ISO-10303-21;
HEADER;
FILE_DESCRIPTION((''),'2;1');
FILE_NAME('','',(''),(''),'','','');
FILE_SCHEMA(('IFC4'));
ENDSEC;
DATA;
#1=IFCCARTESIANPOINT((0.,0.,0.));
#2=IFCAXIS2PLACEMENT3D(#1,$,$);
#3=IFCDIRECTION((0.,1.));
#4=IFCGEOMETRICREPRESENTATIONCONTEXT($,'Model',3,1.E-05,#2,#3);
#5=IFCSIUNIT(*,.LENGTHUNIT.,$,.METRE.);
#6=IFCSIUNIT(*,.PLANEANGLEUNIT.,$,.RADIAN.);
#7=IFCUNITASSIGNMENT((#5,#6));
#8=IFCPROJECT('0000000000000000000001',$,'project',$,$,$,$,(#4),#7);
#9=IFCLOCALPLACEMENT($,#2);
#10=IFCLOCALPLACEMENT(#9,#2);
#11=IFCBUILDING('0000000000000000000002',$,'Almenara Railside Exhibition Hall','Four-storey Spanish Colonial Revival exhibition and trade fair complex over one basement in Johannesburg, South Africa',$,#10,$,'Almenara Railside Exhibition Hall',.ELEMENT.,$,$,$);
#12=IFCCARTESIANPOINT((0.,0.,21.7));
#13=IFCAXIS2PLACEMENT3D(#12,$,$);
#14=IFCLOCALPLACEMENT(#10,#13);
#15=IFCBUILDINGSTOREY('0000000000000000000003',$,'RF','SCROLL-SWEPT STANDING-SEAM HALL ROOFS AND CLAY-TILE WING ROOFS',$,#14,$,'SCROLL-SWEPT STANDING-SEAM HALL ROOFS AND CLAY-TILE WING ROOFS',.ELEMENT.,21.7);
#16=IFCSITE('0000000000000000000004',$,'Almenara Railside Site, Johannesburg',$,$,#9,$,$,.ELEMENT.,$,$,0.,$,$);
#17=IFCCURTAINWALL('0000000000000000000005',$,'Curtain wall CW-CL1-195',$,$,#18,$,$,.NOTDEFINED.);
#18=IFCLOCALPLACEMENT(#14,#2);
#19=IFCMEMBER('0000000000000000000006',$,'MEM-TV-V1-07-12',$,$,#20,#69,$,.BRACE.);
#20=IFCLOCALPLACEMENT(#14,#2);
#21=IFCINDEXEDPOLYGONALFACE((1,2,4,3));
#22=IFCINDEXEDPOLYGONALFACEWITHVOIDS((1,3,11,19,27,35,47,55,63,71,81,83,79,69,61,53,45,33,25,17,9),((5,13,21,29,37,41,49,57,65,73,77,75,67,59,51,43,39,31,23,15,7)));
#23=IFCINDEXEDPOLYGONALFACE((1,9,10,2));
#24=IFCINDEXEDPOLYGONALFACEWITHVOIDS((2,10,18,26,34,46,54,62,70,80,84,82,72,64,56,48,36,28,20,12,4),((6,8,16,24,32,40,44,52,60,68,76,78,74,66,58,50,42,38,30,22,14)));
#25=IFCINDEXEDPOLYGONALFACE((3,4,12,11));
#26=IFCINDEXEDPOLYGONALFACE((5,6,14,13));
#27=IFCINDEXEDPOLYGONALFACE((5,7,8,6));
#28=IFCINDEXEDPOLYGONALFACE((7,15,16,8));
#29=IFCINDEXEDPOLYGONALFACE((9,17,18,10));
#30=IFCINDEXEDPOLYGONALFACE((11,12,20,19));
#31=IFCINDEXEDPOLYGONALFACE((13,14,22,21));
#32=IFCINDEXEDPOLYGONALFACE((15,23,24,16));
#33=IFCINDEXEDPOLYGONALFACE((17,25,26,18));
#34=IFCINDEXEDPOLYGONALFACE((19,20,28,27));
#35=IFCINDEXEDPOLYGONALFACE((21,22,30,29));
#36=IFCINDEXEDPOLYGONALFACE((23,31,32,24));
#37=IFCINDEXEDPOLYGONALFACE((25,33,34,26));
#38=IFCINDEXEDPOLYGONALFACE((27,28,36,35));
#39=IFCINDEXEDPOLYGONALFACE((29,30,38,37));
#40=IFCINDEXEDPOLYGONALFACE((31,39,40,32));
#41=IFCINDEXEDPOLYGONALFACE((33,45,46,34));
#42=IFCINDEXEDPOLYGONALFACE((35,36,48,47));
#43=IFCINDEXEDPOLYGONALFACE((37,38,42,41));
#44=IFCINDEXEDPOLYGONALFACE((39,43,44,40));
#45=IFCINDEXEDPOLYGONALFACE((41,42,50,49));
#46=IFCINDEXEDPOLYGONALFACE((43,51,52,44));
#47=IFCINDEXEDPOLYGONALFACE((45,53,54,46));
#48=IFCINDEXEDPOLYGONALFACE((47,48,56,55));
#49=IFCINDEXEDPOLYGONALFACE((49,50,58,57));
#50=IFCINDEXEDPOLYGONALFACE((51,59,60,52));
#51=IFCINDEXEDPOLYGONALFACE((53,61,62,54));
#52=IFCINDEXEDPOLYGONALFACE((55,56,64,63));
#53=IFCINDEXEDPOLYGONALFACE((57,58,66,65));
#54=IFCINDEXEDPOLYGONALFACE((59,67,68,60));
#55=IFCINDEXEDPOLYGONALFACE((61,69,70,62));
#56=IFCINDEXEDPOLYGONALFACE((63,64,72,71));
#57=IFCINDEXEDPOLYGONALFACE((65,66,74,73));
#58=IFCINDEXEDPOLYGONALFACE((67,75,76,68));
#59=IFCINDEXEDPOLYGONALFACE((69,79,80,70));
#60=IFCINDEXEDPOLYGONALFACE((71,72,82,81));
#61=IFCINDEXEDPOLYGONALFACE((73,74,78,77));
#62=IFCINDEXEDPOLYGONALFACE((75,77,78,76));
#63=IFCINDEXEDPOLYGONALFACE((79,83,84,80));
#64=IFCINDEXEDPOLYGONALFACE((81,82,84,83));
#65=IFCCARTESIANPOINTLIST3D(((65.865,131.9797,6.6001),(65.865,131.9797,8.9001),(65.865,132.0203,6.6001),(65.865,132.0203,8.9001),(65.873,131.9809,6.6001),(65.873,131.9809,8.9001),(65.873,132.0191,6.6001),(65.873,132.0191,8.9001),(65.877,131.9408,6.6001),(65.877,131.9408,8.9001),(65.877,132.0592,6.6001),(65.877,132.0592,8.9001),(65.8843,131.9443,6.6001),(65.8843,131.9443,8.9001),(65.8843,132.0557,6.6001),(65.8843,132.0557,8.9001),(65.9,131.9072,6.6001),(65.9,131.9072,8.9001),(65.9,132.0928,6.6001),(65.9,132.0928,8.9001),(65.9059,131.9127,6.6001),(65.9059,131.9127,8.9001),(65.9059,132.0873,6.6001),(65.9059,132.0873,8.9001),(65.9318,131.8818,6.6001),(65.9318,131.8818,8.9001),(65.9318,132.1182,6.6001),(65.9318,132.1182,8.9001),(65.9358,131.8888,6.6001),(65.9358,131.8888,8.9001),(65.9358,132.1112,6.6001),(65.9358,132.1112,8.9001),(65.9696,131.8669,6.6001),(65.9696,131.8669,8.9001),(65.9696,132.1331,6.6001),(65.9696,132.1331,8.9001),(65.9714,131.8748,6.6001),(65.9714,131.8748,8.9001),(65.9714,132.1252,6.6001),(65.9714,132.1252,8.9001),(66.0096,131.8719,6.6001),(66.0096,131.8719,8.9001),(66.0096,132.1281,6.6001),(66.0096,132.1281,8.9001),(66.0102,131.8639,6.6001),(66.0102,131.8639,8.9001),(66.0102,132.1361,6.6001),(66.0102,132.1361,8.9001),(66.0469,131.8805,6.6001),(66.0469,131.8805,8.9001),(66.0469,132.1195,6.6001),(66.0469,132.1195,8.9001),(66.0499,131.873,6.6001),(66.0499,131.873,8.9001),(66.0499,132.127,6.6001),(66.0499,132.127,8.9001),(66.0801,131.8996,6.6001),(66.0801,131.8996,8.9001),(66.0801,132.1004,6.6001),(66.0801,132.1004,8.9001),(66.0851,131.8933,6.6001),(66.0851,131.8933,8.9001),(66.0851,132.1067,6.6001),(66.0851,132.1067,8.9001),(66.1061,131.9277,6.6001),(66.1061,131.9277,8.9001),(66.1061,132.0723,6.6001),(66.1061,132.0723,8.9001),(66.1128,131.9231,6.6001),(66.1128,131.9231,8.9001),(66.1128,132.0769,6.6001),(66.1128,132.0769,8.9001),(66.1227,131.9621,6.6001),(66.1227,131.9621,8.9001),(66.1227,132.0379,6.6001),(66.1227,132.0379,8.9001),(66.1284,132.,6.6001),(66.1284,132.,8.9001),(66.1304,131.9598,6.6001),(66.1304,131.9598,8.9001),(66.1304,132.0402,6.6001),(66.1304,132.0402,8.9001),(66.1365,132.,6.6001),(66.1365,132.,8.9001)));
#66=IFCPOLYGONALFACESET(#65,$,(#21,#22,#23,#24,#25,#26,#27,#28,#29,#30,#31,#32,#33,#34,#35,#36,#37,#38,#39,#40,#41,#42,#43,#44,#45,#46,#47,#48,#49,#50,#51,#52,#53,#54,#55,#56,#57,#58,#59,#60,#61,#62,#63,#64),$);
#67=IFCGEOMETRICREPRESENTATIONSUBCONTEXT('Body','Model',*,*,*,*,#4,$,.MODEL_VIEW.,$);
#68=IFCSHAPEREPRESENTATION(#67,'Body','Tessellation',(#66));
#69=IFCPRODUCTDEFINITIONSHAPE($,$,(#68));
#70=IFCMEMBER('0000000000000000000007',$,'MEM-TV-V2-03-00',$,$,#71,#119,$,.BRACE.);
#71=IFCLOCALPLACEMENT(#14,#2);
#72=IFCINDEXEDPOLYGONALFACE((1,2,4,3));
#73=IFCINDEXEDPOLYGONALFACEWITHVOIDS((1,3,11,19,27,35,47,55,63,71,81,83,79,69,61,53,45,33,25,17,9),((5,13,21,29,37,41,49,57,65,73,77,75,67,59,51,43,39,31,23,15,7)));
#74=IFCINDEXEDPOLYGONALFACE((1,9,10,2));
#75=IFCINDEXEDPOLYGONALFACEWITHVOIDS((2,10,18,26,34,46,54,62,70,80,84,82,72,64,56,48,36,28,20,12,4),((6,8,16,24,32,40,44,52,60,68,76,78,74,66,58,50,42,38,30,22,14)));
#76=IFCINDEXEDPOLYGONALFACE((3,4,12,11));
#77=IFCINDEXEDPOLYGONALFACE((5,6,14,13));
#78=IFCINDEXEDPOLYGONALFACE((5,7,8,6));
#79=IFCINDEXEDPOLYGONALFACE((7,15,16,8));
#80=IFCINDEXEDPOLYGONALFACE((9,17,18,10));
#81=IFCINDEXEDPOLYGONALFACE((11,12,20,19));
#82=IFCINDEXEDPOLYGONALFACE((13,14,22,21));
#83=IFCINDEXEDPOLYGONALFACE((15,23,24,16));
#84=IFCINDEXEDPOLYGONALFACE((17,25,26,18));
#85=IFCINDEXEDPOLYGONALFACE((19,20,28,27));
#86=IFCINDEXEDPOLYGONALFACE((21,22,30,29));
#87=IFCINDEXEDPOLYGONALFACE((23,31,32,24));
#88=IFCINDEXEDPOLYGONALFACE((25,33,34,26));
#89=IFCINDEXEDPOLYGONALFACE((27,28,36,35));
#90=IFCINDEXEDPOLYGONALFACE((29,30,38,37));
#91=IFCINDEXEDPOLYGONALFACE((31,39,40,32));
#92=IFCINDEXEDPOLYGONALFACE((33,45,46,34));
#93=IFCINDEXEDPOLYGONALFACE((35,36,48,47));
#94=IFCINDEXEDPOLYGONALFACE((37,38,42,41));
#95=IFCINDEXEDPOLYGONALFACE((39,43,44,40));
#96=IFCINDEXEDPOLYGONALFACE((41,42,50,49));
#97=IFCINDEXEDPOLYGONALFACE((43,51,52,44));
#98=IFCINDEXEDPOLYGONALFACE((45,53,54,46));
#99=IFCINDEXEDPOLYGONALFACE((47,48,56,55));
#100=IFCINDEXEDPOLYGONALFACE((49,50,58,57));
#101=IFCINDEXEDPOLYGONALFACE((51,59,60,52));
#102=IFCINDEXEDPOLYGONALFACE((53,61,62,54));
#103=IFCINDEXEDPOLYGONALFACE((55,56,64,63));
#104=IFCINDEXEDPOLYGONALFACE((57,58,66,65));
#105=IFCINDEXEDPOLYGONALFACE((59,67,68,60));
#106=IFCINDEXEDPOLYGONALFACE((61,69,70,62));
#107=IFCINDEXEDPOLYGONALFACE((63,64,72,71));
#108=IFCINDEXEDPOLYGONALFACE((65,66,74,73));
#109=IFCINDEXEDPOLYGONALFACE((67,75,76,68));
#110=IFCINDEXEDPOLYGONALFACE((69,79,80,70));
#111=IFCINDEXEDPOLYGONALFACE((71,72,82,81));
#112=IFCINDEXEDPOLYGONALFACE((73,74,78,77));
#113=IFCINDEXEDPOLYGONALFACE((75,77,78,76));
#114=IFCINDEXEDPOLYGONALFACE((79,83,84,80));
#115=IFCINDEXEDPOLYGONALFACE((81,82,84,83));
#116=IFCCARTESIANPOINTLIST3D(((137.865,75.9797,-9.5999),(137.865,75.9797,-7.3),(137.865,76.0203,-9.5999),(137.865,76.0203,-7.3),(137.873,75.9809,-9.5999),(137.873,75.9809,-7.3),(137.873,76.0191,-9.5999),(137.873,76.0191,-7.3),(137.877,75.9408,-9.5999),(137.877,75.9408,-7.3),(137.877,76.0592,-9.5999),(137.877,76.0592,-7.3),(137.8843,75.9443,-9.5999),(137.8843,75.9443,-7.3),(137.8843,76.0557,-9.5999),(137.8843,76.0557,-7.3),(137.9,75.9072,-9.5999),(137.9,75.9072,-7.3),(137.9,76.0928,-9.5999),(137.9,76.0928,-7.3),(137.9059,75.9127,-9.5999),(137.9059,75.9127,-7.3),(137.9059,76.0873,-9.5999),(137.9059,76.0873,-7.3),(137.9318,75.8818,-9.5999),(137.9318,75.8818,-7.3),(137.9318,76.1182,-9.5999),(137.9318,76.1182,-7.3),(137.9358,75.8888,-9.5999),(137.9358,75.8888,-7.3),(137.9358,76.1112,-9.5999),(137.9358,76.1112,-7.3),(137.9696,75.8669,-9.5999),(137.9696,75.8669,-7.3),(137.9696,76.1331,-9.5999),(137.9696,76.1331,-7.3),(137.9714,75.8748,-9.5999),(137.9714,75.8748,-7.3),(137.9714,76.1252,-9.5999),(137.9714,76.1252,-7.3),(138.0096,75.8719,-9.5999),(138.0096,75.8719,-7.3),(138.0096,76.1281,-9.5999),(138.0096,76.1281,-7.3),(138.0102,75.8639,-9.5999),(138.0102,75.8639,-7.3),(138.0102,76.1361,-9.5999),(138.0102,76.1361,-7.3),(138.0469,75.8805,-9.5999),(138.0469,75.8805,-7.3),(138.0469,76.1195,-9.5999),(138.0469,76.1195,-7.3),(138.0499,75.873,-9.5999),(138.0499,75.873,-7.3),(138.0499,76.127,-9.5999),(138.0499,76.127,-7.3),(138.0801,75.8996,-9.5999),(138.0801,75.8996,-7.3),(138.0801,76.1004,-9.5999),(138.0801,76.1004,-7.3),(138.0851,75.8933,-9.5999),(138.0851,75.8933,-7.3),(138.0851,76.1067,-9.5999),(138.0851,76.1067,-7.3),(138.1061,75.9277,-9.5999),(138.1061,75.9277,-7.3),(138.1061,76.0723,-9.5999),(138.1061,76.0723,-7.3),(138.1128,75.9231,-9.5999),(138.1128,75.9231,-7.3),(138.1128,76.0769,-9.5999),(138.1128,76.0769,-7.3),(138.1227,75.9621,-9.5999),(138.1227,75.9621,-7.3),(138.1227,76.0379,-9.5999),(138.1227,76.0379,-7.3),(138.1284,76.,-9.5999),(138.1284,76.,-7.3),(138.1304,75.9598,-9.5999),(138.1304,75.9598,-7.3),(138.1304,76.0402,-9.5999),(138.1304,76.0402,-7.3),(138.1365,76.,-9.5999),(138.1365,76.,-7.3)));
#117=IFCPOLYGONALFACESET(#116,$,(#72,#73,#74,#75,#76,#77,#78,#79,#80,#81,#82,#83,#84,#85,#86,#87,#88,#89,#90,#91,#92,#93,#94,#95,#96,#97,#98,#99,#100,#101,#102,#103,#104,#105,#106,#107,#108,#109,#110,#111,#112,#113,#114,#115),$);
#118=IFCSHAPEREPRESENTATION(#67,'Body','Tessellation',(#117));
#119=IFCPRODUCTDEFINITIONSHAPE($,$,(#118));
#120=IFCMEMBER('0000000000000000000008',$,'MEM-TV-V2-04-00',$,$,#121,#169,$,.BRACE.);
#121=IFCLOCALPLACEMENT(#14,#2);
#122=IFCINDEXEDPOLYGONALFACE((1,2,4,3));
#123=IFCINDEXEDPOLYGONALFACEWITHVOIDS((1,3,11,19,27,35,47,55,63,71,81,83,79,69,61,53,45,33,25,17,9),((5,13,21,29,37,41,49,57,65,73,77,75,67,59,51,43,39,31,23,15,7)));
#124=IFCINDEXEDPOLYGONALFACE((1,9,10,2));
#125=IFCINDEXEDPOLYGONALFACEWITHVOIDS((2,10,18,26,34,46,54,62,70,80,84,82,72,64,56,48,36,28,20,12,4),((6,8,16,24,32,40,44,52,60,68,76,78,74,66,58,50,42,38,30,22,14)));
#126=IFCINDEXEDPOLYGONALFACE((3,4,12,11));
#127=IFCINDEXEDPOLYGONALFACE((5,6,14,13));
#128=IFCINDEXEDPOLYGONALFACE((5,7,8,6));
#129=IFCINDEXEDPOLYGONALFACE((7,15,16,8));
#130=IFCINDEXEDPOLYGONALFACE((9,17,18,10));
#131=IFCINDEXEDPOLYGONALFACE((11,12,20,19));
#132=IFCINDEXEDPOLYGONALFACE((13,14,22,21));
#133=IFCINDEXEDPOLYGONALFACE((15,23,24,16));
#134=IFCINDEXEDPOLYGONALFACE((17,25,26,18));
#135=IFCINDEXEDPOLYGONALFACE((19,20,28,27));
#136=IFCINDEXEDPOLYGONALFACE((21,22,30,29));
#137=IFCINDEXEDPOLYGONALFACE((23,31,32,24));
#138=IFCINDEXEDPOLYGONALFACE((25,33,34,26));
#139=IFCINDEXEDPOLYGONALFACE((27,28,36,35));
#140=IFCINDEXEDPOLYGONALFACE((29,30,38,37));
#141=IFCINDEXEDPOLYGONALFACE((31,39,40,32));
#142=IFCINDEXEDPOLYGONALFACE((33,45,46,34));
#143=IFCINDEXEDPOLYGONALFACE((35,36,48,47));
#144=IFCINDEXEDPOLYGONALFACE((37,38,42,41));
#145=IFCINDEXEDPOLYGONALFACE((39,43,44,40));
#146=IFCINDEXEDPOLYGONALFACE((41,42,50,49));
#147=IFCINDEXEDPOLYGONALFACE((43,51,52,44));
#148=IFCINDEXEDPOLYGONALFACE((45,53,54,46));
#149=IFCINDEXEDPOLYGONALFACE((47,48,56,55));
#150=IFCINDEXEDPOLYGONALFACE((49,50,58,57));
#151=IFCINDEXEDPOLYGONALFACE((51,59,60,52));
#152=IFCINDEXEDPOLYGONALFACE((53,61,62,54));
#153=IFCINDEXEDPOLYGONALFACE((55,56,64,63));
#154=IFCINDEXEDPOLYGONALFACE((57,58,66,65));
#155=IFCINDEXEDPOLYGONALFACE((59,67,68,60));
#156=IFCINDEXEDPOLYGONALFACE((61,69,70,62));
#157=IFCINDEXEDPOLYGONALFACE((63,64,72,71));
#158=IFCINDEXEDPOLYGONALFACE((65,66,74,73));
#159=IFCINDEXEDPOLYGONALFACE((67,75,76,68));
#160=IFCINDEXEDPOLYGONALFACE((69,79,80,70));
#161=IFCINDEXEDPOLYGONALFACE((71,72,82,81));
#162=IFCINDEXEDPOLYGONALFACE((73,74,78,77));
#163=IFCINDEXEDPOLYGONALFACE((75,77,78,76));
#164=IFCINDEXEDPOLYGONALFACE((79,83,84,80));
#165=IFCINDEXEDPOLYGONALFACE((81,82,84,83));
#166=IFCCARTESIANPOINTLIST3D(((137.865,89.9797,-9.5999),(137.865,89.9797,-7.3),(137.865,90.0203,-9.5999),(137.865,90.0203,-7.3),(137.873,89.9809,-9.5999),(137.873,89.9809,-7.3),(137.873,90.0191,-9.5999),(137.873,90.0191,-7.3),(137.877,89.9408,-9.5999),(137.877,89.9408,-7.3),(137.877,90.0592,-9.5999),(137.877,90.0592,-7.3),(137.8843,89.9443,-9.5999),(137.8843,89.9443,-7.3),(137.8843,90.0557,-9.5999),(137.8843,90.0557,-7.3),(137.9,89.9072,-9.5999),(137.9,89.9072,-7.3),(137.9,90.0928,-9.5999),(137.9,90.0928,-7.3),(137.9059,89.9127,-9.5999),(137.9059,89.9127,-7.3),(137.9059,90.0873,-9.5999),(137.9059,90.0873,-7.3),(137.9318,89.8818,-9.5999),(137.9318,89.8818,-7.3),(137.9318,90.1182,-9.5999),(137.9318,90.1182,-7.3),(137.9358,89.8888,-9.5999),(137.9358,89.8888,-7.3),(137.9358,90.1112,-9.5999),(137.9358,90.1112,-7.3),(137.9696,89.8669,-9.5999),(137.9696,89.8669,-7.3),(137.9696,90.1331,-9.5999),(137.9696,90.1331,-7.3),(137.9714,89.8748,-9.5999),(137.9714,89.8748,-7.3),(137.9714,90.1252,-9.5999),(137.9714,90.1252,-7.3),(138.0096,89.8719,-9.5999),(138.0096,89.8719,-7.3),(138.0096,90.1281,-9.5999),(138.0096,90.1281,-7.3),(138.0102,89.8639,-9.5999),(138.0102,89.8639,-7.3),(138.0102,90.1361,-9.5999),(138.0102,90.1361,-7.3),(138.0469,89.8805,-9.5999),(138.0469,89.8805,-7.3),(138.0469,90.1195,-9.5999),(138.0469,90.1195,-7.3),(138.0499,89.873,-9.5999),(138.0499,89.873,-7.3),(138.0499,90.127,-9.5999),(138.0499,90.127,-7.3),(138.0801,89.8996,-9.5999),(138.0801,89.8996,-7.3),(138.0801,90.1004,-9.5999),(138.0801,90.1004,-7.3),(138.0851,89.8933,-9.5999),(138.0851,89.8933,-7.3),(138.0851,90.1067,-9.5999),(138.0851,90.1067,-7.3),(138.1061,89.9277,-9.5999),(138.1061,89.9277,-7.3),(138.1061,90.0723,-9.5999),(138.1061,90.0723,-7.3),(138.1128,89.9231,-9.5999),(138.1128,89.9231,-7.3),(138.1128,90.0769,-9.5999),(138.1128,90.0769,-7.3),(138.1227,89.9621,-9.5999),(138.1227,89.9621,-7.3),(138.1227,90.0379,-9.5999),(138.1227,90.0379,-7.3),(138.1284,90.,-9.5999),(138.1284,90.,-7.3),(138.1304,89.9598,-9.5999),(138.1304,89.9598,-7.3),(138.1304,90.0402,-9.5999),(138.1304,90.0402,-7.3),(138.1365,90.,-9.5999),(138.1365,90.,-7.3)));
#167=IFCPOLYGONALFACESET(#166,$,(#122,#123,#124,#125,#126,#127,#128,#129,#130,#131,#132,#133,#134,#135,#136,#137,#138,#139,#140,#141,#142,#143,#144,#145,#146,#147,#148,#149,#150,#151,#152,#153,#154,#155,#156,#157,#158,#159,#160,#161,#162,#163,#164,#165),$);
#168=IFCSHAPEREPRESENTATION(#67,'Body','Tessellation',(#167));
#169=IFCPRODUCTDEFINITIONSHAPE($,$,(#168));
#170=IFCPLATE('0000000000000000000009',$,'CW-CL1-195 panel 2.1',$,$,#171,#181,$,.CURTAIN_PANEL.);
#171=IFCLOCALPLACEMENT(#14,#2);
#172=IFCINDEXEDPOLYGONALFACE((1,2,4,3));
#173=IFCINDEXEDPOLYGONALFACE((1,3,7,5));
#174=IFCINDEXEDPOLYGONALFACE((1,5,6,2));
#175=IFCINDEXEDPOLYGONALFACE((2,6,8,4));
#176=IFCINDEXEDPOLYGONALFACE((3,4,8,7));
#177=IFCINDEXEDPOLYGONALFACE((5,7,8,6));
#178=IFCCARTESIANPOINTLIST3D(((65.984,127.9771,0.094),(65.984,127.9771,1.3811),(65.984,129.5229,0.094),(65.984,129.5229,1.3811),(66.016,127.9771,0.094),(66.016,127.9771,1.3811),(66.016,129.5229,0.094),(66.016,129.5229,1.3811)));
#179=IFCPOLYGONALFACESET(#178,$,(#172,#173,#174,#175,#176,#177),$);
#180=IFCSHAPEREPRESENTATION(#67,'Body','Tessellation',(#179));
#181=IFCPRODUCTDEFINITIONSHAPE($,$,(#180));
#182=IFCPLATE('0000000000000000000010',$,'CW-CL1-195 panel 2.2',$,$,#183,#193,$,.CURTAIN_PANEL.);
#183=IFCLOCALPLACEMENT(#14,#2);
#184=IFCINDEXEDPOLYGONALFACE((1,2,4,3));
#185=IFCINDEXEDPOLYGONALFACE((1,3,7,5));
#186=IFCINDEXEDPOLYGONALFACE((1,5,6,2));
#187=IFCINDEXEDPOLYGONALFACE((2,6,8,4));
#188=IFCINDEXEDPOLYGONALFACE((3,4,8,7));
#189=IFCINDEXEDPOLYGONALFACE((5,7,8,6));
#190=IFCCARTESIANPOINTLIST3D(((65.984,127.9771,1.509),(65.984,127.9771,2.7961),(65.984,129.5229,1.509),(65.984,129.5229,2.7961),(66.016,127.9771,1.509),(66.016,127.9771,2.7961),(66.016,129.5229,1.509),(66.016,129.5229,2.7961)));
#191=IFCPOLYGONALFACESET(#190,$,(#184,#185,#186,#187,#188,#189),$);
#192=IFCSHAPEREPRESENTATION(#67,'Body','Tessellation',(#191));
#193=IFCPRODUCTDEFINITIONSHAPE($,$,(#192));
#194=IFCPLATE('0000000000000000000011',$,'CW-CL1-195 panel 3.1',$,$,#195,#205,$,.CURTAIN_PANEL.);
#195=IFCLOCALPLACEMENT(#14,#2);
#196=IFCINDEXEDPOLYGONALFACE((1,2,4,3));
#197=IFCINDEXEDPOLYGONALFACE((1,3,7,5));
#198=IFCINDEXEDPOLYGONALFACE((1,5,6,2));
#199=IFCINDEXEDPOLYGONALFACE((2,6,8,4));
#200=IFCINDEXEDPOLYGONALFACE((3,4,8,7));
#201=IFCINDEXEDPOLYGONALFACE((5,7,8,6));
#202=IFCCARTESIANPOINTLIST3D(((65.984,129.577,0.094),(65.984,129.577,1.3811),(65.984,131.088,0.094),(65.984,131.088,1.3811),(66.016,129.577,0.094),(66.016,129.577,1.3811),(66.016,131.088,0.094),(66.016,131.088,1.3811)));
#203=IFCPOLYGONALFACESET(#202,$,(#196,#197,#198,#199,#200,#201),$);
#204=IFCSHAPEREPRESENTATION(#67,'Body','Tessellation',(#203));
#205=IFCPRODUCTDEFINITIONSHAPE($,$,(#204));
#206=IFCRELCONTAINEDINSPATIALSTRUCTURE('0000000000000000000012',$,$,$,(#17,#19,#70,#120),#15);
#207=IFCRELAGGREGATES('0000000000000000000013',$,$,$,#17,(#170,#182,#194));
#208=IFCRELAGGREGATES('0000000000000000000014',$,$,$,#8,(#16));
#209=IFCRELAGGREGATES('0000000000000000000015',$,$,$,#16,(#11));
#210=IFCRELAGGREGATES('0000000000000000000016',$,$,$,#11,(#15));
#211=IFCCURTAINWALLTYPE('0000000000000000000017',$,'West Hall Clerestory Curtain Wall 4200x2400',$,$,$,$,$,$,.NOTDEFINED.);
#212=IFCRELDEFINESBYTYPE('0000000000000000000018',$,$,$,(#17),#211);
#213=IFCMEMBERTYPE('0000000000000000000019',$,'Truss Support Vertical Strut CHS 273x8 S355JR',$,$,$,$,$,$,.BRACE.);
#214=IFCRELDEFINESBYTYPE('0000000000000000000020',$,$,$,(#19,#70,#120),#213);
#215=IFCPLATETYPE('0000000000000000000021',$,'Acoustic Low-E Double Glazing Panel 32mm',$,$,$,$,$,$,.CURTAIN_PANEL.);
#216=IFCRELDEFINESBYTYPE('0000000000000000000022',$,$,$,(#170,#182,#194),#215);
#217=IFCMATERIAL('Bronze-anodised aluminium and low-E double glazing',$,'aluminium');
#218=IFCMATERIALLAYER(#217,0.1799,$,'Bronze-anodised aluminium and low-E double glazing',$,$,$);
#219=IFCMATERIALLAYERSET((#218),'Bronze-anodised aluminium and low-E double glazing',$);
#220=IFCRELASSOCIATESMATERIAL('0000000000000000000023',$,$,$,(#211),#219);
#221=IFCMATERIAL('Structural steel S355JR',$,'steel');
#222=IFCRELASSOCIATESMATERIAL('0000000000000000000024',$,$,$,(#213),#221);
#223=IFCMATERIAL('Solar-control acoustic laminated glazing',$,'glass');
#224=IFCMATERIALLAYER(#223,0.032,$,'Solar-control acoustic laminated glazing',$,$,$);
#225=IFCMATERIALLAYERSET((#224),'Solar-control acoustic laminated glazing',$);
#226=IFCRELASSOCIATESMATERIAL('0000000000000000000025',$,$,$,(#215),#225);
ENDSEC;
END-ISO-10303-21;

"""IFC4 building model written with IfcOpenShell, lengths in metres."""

from ifc_helpers import new_model, si_unit, direction, frame, origin, origin_2d, place, context, subcontext, project, spatial, rectangle, hollow_circle, extrude, material, layer, layer_set, material_profile, profile_set, type_object, element, aggregate, save


model = new_model("IFC4")

# Units and contexts
model_context = context("Model", 3, precision=1e-05, world=origin(), true_north=direction((0.0, 1.0)))
body_context = subcontext(model_context, "Body", "Model", "MODEL_VIEW")
ifc_project = project(units=[si_unit("LENGTHUNIT", "METRE"), si_unit("PLANEANGLEUNIT", "RADIAN")], contexts=[model_context])

# Site, building, storey
site_placement = place(None, origin())
site = spatial("IfcSite", under=ifc_project, at=site_placement, Name="Almenara Railside Site, Johannesburg", CompositionType="ELEMENT", RefElevation=0.0)
building_placement = place(site_placement, origin())
building = spatial("IfcBuilding", under=site, at=building_placement, Name="Almenara Railside Exhibition Hall", Description="Four-storey Spanish Colonial Revival exhibition and trade fair complex over one basement in Johannesburg, South Africa", LongName="Almenara Railside Exhibition Hall", CompositionType="ELEMENT")
storey_placement = place(building_placement, frame((0.0, 0.0, 21.7)))
storey = spatial("IfcBuildingStorey", under=building, at=storey_placement, Name="RF", Description="SCROLL-SWEPT STANDING-SEAM HALL ROOFS AND CLAY-TILE WING ROOFS", LongName="SCROLL-SWEPT STANDING-SEAM HALL ROOFS AND CLAY-TILE WING ROOFS", CompositionType="ELEMENT", Elevation=21.7)

# Shared definitions
ifc_material_1 = material(Name="Structural steel S355JR", Category="steel")

# Curtain wall
ifc_material_2 = material(Name="Bronze-anodised aluminium and low-E double glazing", Category="aluminium")
ifc_layer_1 = layer(ifc_material_2, 0.1799, Name="Bronze-anodised aluminium and low-E double glazing")
ifc_layer_set_1 = layer_set([ifc_layer_1], Name="Bronze-anodised aluminium and low-E double glazing")
curtain_wall_type = type_object("IfcCurtainWallType", Name="West Hall Clerestory Curtain Wall 4200x2400", PredefinedType="NOTDEFINED", material=ifc_layer_set_1)
curtain_wall_placement = place(storey_placement, origin())
curtain_wall = element("IfcCurtainWall", 1, at=curtain_wall_placement, inside=storey, type_object=curtain_wall_type, Name="Curtain wall CW-CL1-195", PredefinedType="NOTDEFINED")

# Members
ifc_material_profile_1 = material_profile(ifc_material_1, hollow_circle(Radius=0.1365, WallThickness=0.0081, at=origin_2d()), Name="CHS 273x8")
ifc_profile_set_1 = profile_set([ifc_material_profile_1], Name="Structural steel S355JR")
member_type_1 = type_object("IfcMemberType", Name="Truss Support Vertical Strut CHS 273x8 S355JR", PredefinedType="BRACE", material=ifc_profile_set_1)
member_1_placement = place(storey_placement, frame((66.0, 132.0, 6.6001), z_axis=(0.0, 0.0, 1.0), x_axis=(1.0, 0.0, 0.0)))
element("IfcMember", 2, at=member_1_placement, inside=storey, type_object=member_type_1, Name="MEM-TV-V1-07-12", PredefinedType="BRACE", context=body_context, shape_type="SweptSolid", body=[
    extrude(hollow_circle(Radius=0.1365, WallThickness=0.0081, at=origin_2d()), origin(), (0.0, 0.0, 1.0), 2.3),
])
for number, where, z_axis, x_axis, name in (
    (3, (138.0, 76.0, -9.5999), (0.0, 0.0, 1.0), (1.0, 0.0, 0.0), "MEM-TV-V2-03-00"),
    (4, (138.0, 90.0, -9.5999), (0.0, 0.0, 1.0), (1.0, 0.0, 0.0), "MEM-TV-V2-04-00"),
):
    element("IfcMember", number, at=place(storey_placement, frame(where, z_axis=z_axis, x_axis=x_axis)), inside=storey, type_object=member_type_1, Name=name, PredefinedType="BRACE", context=body_context, shape_type="SweptSolid", body=[
        extrude(hollow_circle(Radius=0.1365, WallThickness=0.0081, at=origin_2d()), origin(), (0.0, 0.0, 1.0), 2.2998),
    ])

# Plates
ifc_material_3 = material(Name="Solar-control acoustic laminated glazing", Category="glass")
ifc_layer_2 = layer(ifc_material_3, 0.032, Name="Solar-control acoustic laminated glazing")
ifc_layer_set_2 = layer_set([ifc_layer_2], Name="Solar-control acoustic laminated glazing")
plate_type_1 = type_object("IfcPlateType", Name="Acoustic Low-E Double Glazing Panel 32mm", PredefinedType="CURTAIN_PANEL", material=ifc_layer_set_2)
plate_1_placement = place(storey_placement, frame((66.0, 128.75, 0.094), z_axis=(0.0, 0.0, 1.0), x_axis=(0.0, 1.0, 0.0)))
plate_1 = element("IfcPlate", 5, at=plate_1_placement, type_object=plate_type_1, Name="CW-CL1-195 panel 2.1", PredefinedType="CURTAIN_PANEL", context=body_context, shape_type="SweptSolid", body=[
    extrude(rectangle(XDim=1.5459, YDim=0.032, at=origin_2d()), origin(), (0.0, 0.0, 1.0), 1.2871),
])
plate_2_placement = place(storey_placement, frame((66.0, 128.75, 1.509), z_axis=(0.0, 0.0, 1.0), x_axis=(0.0, 1.0, 0.0)))
plate_2 = element("IfcPlate", 6, at=plate_2_placement, type_object=plate_type_1, Name="CW-CL1-195 panel 2.2", PredefinedType="CURTAIN_PANEL", context=body_context, shape_type="SweptSolid", body=[
    extrude(rectangle(XDim=1.5459, YDim=0.032, at=origin_2d()), origin(), (0.0, 0.0, 1.0), 1.2871),
])
plate_3_placement = place(storey_placement, frame((66.0, 130.3325, 0.094), z_axis=(0.0, 0.0, 1.0), x_axis=(0.0, 1.0, 0.0)))
plate_3 = element("IfcPlate", 7, at=plate_3_placement, type_object=plate_type_1, Name="CW-CL1-195 panel 3.1", PredefinedType="CURTAIN_PANEL", context=body_context, shape_type="SweptSolid", body=[
    extrude(rectangle(XDim=1.511, YDim=0.032, at=origin_2d()), origin(), (0.0, 0.0, 1.0), 1.2871),
])
aggregate(curtain_wall, [plate_1, plate_2, plate_3])

save(model, "model.ifc")
